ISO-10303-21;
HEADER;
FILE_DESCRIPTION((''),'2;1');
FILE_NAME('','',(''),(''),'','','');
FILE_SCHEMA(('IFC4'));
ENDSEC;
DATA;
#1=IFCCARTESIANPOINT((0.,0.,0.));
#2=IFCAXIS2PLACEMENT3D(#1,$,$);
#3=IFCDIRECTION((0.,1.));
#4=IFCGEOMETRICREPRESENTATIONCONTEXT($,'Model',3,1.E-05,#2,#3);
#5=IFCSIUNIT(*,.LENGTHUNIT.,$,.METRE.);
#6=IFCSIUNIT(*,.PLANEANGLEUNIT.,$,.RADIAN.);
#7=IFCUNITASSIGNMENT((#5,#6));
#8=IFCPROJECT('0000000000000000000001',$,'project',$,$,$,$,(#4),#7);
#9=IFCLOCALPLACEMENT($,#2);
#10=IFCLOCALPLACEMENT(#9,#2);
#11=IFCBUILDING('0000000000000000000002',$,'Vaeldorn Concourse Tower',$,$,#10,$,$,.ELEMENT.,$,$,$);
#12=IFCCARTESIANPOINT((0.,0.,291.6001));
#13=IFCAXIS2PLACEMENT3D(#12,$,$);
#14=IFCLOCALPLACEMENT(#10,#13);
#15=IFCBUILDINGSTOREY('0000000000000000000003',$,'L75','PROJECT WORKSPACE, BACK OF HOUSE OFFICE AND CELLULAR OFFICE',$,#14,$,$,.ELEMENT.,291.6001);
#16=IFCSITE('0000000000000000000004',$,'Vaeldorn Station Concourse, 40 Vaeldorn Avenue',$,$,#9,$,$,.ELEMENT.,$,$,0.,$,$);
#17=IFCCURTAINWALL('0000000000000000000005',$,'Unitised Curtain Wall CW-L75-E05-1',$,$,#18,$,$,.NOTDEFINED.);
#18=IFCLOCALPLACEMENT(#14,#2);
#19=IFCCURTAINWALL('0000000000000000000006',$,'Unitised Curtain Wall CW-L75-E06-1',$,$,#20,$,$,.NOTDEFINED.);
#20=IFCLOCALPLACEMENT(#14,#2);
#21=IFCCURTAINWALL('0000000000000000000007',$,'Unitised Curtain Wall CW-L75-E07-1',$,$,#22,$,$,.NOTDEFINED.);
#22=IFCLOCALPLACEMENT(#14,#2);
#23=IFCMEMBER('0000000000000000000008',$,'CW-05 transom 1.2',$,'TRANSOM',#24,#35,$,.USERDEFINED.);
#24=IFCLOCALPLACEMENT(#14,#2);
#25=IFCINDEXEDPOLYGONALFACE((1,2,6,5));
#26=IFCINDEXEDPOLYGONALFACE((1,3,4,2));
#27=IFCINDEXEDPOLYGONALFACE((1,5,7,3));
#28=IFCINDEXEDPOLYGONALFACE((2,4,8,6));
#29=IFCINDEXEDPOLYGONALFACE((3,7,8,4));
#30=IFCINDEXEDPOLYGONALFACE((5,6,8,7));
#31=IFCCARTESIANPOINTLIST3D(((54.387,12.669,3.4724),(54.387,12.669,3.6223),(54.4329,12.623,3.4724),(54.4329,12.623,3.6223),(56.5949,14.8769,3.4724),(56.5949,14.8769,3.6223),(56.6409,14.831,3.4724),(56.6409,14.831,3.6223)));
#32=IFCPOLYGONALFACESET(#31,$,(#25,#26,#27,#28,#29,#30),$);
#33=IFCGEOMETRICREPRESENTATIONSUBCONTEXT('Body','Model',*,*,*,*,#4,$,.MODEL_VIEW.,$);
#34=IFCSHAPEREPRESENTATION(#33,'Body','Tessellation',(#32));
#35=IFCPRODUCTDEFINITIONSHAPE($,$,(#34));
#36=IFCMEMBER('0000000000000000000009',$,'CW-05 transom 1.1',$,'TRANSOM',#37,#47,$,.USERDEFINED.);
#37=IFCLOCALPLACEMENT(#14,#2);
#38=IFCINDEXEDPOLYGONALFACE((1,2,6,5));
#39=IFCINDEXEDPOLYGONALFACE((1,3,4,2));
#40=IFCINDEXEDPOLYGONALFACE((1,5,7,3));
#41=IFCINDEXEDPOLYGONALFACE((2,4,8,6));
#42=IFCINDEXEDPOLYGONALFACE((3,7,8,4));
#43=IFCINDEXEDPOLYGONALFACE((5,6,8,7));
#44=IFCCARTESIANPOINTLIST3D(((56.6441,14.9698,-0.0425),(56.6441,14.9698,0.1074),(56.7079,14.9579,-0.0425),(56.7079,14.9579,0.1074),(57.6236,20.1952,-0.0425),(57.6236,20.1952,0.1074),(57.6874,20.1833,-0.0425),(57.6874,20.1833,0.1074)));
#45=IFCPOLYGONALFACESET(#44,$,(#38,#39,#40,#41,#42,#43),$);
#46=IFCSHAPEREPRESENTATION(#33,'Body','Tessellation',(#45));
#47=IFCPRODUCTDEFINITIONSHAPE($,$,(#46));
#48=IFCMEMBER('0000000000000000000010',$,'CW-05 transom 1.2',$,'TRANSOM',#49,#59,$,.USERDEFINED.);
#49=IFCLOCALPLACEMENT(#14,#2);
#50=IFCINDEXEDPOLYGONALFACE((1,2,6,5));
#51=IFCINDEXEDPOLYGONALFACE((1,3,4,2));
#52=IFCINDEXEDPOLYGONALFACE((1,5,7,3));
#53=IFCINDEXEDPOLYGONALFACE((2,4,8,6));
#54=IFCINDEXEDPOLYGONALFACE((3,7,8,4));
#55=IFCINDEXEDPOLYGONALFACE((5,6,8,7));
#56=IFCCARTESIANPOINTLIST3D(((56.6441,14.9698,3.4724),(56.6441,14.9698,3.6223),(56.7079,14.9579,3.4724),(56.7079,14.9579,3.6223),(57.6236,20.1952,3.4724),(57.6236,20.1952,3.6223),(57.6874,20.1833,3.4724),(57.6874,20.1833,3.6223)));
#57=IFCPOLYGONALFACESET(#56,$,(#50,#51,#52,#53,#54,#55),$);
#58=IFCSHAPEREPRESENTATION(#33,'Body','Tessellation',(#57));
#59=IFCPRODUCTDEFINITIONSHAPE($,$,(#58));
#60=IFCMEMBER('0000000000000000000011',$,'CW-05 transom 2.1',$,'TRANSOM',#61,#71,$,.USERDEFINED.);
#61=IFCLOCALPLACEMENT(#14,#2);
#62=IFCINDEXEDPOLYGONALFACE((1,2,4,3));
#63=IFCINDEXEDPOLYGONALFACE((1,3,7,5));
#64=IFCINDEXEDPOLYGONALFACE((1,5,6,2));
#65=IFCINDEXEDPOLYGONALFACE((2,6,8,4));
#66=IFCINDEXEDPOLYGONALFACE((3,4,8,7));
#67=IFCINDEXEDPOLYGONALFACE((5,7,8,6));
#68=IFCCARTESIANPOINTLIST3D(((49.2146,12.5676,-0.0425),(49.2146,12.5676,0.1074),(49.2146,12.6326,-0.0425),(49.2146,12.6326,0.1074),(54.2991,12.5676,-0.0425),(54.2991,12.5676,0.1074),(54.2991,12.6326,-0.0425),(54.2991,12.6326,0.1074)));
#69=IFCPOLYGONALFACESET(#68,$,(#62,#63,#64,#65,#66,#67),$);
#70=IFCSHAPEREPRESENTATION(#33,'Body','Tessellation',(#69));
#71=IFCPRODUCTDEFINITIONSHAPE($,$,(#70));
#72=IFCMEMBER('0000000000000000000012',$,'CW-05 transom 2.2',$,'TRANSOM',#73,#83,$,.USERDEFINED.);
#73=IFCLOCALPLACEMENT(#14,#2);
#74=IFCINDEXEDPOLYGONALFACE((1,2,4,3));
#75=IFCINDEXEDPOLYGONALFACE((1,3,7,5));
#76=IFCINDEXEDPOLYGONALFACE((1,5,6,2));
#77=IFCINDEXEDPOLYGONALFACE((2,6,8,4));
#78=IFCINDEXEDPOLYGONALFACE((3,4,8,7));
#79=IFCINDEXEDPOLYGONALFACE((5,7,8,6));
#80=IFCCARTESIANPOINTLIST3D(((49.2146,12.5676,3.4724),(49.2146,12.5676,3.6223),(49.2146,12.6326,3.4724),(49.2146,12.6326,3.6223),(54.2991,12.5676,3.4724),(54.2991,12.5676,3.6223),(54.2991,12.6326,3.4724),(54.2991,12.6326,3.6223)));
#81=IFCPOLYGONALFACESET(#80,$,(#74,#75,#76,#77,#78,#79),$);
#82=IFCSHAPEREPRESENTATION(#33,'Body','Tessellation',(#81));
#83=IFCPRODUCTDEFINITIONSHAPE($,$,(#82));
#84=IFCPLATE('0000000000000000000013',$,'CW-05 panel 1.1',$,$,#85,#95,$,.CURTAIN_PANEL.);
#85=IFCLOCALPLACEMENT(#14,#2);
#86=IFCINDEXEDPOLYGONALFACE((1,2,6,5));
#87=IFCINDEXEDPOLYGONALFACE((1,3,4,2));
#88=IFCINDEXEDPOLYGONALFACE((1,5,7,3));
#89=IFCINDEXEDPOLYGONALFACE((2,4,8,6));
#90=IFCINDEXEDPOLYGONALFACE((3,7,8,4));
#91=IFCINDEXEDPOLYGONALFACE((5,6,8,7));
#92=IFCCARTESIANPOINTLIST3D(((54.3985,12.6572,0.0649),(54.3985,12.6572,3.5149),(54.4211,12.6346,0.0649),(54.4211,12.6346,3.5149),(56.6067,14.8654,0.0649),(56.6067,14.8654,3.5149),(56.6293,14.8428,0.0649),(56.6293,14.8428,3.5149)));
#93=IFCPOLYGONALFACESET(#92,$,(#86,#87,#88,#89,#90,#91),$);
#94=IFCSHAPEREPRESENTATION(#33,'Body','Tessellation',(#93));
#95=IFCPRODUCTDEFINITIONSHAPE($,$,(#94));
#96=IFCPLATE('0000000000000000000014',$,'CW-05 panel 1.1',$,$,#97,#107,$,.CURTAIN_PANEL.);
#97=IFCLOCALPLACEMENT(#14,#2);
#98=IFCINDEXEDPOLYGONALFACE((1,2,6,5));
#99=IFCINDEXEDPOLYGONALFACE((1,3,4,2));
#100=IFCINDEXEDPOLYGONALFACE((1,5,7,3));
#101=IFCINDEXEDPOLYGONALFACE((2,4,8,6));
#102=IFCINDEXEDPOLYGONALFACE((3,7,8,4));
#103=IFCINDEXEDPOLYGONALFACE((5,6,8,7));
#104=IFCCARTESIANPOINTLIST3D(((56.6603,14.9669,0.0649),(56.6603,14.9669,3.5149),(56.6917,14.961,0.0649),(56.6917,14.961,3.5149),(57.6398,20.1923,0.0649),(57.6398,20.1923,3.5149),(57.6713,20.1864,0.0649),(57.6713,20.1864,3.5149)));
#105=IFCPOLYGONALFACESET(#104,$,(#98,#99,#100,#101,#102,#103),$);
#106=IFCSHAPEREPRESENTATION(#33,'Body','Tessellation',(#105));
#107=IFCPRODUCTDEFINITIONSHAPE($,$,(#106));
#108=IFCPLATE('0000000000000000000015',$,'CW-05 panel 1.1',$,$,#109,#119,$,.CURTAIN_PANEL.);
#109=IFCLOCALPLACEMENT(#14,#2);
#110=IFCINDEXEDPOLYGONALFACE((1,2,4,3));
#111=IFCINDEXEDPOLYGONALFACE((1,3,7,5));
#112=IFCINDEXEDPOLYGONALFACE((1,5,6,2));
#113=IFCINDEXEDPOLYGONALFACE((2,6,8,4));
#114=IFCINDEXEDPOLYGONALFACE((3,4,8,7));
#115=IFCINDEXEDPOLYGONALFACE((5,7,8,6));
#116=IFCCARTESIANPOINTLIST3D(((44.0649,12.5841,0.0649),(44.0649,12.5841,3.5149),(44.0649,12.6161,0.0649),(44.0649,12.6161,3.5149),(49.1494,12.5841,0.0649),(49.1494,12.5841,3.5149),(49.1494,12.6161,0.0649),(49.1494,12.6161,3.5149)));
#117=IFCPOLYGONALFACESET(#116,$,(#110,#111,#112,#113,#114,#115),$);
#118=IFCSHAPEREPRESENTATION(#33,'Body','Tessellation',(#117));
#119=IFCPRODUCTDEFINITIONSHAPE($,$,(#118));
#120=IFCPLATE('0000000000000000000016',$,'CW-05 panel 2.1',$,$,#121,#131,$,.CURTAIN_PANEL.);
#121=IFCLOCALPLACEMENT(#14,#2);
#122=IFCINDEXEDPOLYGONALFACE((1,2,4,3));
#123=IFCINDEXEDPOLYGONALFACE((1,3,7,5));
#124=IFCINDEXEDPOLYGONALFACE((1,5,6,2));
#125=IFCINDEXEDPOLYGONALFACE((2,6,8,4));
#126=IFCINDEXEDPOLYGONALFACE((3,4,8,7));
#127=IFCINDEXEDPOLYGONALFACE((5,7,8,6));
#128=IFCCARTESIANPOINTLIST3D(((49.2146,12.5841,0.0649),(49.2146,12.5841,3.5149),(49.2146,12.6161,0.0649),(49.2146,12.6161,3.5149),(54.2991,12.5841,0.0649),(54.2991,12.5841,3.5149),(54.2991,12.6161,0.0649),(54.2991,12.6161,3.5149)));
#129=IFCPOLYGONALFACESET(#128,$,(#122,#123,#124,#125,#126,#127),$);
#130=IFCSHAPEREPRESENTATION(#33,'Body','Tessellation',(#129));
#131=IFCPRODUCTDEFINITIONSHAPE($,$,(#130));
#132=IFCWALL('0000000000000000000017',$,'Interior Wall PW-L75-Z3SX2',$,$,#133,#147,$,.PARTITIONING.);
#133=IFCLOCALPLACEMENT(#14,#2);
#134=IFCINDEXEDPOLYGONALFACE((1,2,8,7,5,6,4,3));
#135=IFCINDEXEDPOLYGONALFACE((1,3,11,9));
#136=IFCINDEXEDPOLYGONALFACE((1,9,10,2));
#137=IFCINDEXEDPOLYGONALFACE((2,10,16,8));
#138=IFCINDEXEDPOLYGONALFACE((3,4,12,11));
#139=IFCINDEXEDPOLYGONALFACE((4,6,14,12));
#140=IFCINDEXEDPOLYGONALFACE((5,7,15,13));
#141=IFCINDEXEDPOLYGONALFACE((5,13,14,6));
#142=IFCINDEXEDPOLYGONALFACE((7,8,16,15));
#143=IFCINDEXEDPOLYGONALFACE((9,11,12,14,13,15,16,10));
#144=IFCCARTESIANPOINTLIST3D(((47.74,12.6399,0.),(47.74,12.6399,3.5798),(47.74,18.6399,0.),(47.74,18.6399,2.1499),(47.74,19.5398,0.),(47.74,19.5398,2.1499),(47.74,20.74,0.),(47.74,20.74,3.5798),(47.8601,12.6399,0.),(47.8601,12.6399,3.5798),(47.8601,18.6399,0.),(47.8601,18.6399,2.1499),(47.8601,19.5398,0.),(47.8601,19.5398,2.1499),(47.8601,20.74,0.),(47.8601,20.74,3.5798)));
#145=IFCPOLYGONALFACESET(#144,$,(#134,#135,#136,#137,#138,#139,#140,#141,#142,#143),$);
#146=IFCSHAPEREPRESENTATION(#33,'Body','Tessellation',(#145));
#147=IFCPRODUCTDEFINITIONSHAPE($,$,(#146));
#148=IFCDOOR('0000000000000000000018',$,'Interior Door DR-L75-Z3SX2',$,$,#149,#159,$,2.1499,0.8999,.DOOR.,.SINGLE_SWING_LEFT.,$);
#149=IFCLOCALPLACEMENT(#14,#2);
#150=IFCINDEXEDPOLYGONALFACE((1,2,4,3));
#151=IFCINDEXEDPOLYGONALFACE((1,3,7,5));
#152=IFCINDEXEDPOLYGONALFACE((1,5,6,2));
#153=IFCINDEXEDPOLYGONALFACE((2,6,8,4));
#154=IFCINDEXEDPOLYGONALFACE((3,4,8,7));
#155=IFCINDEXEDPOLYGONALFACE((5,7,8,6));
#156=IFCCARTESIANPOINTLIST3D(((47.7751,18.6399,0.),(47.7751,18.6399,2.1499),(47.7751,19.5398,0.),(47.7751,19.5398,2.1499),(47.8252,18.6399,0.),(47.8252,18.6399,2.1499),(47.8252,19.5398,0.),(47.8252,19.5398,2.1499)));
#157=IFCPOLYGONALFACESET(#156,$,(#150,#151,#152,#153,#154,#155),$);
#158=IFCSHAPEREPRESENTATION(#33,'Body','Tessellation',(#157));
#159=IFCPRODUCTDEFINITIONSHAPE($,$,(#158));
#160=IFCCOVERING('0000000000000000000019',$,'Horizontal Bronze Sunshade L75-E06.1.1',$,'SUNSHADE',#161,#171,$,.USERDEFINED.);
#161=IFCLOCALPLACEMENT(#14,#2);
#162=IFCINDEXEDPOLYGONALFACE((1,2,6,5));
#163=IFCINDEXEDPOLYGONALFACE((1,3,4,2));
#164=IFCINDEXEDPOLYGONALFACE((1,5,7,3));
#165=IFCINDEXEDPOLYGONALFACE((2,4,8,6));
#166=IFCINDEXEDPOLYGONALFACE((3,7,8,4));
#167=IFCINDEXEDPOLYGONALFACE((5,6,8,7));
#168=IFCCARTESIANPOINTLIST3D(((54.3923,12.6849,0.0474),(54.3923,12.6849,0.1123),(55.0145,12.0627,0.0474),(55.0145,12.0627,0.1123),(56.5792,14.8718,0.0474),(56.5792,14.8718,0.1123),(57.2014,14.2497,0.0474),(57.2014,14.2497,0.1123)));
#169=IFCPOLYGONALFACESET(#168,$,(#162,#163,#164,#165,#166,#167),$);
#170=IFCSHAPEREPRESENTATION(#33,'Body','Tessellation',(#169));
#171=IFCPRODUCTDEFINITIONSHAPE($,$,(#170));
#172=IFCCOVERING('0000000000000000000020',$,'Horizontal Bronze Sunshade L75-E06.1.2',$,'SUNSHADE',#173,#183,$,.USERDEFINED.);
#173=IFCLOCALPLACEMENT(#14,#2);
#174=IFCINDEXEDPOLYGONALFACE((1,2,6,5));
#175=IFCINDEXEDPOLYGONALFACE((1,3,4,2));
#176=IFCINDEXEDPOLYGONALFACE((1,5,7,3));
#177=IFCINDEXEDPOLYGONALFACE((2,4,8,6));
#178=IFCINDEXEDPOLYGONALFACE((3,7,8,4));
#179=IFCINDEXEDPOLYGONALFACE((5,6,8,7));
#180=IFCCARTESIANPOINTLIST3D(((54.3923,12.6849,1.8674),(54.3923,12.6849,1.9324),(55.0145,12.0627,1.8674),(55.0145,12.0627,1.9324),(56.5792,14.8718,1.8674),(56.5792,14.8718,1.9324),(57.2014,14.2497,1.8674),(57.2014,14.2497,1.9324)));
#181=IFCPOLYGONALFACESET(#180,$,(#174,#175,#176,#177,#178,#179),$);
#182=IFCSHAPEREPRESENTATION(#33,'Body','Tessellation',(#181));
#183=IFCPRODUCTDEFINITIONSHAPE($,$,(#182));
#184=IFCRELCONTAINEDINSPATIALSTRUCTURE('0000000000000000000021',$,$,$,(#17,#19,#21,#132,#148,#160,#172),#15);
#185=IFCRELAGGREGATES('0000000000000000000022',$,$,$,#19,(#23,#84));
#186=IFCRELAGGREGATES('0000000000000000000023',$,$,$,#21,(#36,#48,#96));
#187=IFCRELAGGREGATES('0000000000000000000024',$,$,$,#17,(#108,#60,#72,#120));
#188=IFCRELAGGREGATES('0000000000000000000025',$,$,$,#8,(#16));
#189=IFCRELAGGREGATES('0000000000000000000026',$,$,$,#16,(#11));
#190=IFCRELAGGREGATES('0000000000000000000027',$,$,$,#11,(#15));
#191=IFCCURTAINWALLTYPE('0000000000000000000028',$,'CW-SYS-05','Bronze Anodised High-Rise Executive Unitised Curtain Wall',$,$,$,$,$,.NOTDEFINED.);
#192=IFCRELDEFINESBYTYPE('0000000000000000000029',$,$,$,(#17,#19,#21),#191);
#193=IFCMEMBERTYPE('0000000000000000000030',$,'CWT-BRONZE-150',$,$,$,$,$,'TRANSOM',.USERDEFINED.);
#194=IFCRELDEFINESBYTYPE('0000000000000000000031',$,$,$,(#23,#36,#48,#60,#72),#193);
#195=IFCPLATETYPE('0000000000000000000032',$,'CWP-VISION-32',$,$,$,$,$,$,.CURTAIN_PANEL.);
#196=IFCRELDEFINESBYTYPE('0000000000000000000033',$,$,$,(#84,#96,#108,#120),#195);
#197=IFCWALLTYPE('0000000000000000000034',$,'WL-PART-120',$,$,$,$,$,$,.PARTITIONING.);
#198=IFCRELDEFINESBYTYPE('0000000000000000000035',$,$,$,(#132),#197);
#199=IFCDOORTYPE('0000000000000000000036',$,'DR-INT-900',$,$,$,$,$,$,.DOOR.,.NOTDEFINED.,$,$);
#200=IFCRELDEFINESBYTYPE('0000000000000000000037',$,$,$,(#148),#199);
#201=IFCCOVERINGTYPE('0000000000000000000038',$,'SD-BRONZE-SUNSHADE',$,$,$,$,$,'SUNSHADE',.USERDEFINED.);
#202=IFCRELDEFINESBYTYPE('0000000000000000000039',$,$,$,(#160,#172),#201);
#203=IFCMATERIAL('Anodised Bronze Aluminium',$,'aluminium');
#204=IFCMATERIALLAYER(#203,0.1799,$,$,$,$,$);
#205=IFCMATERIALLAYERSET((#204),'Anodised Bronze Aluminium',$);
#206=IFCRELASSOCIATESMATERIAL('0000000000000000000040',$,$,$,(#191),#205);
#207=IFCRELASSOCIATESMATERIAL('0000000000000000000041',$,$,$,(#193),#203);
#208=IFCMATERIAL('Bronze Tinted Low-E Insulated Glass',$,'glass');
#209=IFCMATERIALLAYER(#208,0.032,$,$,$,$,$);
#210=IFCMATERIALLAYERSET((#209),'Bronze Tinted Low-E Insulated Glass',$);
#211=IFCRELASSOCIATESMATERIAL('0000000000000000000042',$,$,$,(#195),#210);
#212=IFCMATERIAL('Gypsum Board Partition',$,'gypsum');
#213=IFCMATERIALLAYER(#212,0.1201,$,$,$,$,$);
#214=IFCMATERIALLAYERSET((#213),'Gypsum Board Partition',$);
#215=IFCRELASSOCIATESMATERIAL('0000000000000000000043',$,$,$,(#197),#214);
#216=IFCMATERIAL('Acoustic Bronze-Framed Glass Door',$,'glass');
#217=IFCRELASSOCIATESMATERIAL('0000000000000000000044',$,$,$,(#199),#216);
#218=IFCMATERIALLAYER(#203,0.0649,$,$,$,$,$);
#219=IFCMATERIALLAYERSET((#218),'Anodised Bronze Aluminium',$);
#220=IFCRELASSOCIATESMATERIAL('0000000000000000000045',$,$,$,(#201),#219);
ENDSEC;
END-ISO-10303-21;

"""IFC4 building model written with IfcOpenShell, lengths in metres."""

from ifc_helpers import new_model, si_unit, direction, frame, frame_2d, origin, origin_2d, place, context, subcontext, project, spatial, rectangle, extrude, source, transform, mapped, material, layer, layer_set, material_profile, profile_set, type_object, element, fill, aggregate, save


model = new_model("IFC4")

# Units and contexts
model_context = context("Model", 3, precision=1e-05, world=origin(), true_north=direction((0.0, 1.0)))
body_context = subcontext(model_context, "Body", "Model", "MODEL_VIEW")
ifc_project = project(units=[si_unit("LENGTHUNIT", "METRE"), si_unit("PLANEANGLEUNIT", "RADIAN")], contexts=[model_context])

# Site, building, storey
site_placement = place(None, origin())
site = spatial("IfcSite", under=ifc_project, at=site_placement, Name="Vaeldorn Station Concourse, 40 Vaeldorn Avenue", CompositionType="ELEMENT", RefElevation=0.0)
building_placement = place(site_placement, origin())
building = spatial("IfcBuilding", under=site, at=building_placement, Name="Vaeldorn Concourse Tower", CompositionType="ELEMENT")
storey_placement = place(building_placement, frame((0.0, 0.0, 291.6001)))
storey = spatial("IfcBuildingStorey", under=building, at=storey_placement, Name="L75", Description="PROJECT WORKSPACE, BACK OF HOUSE OFFICE AND CELLULAR OFFICE", CompositionType="ELEMENT", Elevation=291.6001)

# Curtain walls
ifc_material_1 = material(Name="Anodised Bronze Aluminium", Category="aluminium")
ifc_layer_1 = layer(ifc_material_1, 0.1799)
ifc_layer_set_1 = layer_set([ifc_layer_1], Name="Anodised Bronze Aluminium")
curtain_wall_type = type_object("IfcCurtainWallType", Name="CW-SYS-05", Description="Bronze Anodised High-Rise Executive Unitised Curtain Wall", PredefinedType="NOTDEFINED", material=ifc_layer_set_1)
curtain_wall_1_placement = place(storey_placement, origin())
curtain_wall_1 = element("IfcCurtainWall", 1, at=curtain_wall_1_placement, inside=storey, type_object=curtain_wall_type, Name="Unitised Curtain Wall CW-L75-E05-1", PredefinedType="NOTDEFINED")
curtain_wall_2_placement = place(storey_placement, origin())
curtain_wall_2 = element("IfcCurtainWall", 2, at=curtain_wall_2_placement, inside=storey, type_object=curtain_wall_type, Name="Unitised Curtain Wall CW-L75-E06-1", PredefinedType="NOTDEFINED")

# Curtain wall
curtain_wall_3_placement = place(storey_placement, origin())
curtain_wall_3 = element("IfcCurtainWall", 3, at=curtain_wall_3_placement, inside=storey, type_object=curtain_wall_type, Name="Unitised Curtain Wall CW-L75-E07-1", PredefinedType="NOTDEFINED")

# Members
ifc_material_profile_1 = material_profile(ifc_material_1, rectangle(XDim=0.0649, YDim=0.1499, at=origin_2d()), Name="CWT 65x150")
ifc_profile_set_1 = profile_set([ifc_material_profile_1], Name="Anodised Bronze Aluminium")
member_type_1 = type_object("IfcMemberType", Name="CWT-BRONZE-150", ElementType="TRANSOM", PredefinedType="USERDEFINED", material=ifc_profile_set_1)
shared_shape_1 = source(origin(), body_context, "Body", "SweptSolid", [
    extrude(rectangle(XDim=0.0649, YDim=0.1499, at=origin_2d()), origin(), (0.0, 0.0, 1.0), 3.1226),
])
member_1_placement = place(storey_placement, frame((54.4099, 12.646, 3.5474), z_axis=(0.707107, 0.707107, 0.0), x_axis=(-0.707107, 0.707107, 0.0)))
member_1 = element("IfcMember", 4, at=member_1_placement, type_object=member_type_1, Name="CW-05 transom 1.2", ObjectType="TRANSOM", PredefinedType="USERDEFINED", context=body_context, shape_type="MappedRepresentation", body=[
    mapped(shared_shape_1, transform((0.0, 0.0, 0.0), scale=1.0)),
])
shared_shape_2 = source(origin(), body_context, "Body", "SweptSolid", [
    extrude(rectangle(XDim=0.0649, YDim=0.1499, at=origin_2d()), origin(), (0.0, 0.0, 1.0), 5.3164),
])
member_2_placement = place(storey_placement, frame((56.676, 14.9639, 0.0325), z_axis=(0.184241, 0.982881, 0.0), x_axis=(-0.982881, 0.184241, 0.0)))
member_2 = element("IfcMember", 5, at=member_2_placement, type_object=member_type_1, Name="CW-05 transom 1.1", ObjectType="TRANSOM", PredefinedType="USERDEFINED", context=body_context, shape_type="MappedRepresentation", body=[
    mapped(shared_shape_2, transform((0.0, 0.0, 0.0), scale=1.0)),
])
member_3_placement = place(storey_placement, frame((56.676, 14.9639, 3.5474), z_axis=(0.184241, 0.982881, 0.0), x_axis=(-0.982881, 0.184241, 0.0)))
member_3 = element("IfcMember", 6, at=member_3_placement, type_object=member_type_1, Name="CW-05 transom 1.2", ObjectType="TRANSOM", PredefinedType="USERDEFINED", context=body_context, shape_type="MappedRepresentation", body=[
    mapped(shared_shape_2, transform((0.0, 0.0, 0.0), scale=1.0)),
])
shared_shape_3 = source(origin(), body_context, "Body", "SweptSolid", [
    extrude(rectangle(XDim=0.0649, YDim=0.1499, at=origin_2d()), origin(), (0.0, 0.0, 1.0), 5.0845),
])
member_4_placement = place(storey_placement, frame((49.2146, 12.6001, 0.0325), z_axis=(1.0, 0.0, 0.0), x_axis=(0.0, 1.0, 0.0)))
member_4 = element("IfcMember", 7, at=member_4_placement, type_object=member_type_1, Name="CW-05 transom 2.1", ObjectType="TRANSOM", PredefinedType="USERDEFINED", context=body_context, shape_type="MappedRepresentation", body=[
    mapped(shared_shape_3, transform((0.0, 0.0, 0.0), scale=1.0)),
])
member_5_placement = place(storey_placement, frame((49.2146, 12.6001, 3.5474), z_axis=(1.0, 0.0, 0.0), x_axis=(0.0, 1.0, 0.0)))
member_5 = element("IfcMember", 8, at=member_5_placement, type_object=member_type_1, Name="CW-05 transom 2.2", ObjectType="TRANSOM", PredefinedType="USERDEFINED", context=body_context, shape_type="MappedRepresentation", body=[
    mapped(shared_shape_3, transform((0.0, 0.0, 0.0), scale=1.0)),
])

# Plates
ifc_material_2 = material(Name="Bronze Tinted Low-E Insulated Glass", Category="glass")
ifc_layer_2 = layer(ifc_material_2, 0.032)
ifc_layer_set_2 = layer_set([ifc_layer_2], Name="Bronze Tinted Low-E Insulated Glass")
plate_type = type_object("IfcPlateType", Name="CWP-VISION-32", PredefinedType="CURTAIN_PANEL", material=ifc_layer_set_2)
shared_shape_4 = source(origin(), body_context, "Body", "SweptSolid", [
    extrude(rectangle(XDim=3.1228, YDim=0.032, at=origin_2d()), origin(), (0.0, 0.0, 1.0), 3.45),
])
plate_1_placement = place(storey_placement, frame((55.5139, 13.75, 0.0649), z_axis=(0.0, 0.0, 1.0), x_axis=(0.707107, 0.707107, 0.0)))
plate_1 = element("IfcPlate", 9, at=plate_1_placement, type_object=plate_type, Name="CW-05 panel 1.1", PredefinedType="CURTAIN_PANEL", context=body_context, shape_type="MappedRepresentation", body=[
    mapped(shared_shape_4, transform((0.0, 0.0, 0.0), scale=1.0)),
])
aggregate(curtain_wall_2, [member_1, plate_1])
shared_shape_5 = source(origin(), body_context, "Body", "SweptSolid", [
    extrude(rectangle(XDim=5.3164, YDim=0.032, at=origin_2d()), origin(), (0.0, 0.0, 1.0), 3.45),
])
plate_2_placement = place(storey_placement, frame((57.1658, 17.5767, 0.0649), z_axis=(0.0, 0.0, 1.0), x_axis=(0.184247, 0.98288, 0.0)))
plate_2 = element("IfcPlate", 10, at=plate_2_placement, type_object=plate_type, Name="CW-05 panel 1.1", PredefinedType="CURTAIN_PANEL", context=body_context, shape_type="MappedRepresentation", body=[
    mapped(shared_shape_5, transform((0.0, 0.0, 0.0), scale=1.0)),
])
aggregate(curtain_wall_3, [member_2, member_3, plate_2])
shared_shape_6 = source(origin(), body_context, "Body", "SweptSolid", [
    extrude(rectangle(XDim=5.0845, YDim=0.032, at=origin_2d()), origin(), (0.0, 0.0, 1.0), 3.45),
])
plate_3_placement = place(storey_placement, frame((46.6072, 12.6001, 0.0649), z_axis=(0.0, 0.0, 1.0), x_axis=(1.0, 0.0, 0.0)))
plate_3 = element("IfcPlate", 11, at=plate_3_placement, type_object=plate_type, Name="CW-05 panel 1.1", PredefinedType="CURTAIN_PANEL", context=body_context, shape_type="MappedRepresentation", body=[
    mapped(shared_shape_6, transform((0.0, 0.0, 0.0), scale=1.0)),
])
plate_4_placement = place(storey_placement, frame((51.7568, 12.6001, 0.0649), z_axis=(0.0, 0.0, 1.0), x_axis=(1.0, 0.0, 0.0)))
plate_4 = element("IfcPlate", 12, at=plate_4_placement, type_object=plate_type, Name="CW-05 panel 2.1", PredefinedType="CURTAIN_PANEL", context=body_context, shape_type="MappedRepresentation", body=[
    mapped(shared_shape_6, transform((0.0, 0.0, 0.0), scale=1.0)),
])
aggregate(curtain_wall_1, [plate_3, member_4, member_5, plate_4])

# Wall, opening, door
ifc_material_3 = material(Name="Gypsum Board Partition", Category="gypsum")
ifc_layer_3 = layer(ifc_material_3, 0.1201)
ifc_layer_set_3 = layer_set([ifc_layer_3], Name="Gypsum Board Partition")
wall_type = type_object("IfcWallType", Name="WL-PART-120", PredefinedType="PARTITIONING", material=ifc_layer_set_3)
wall_placement = place(storey_placement, frame((47.8, 12.6399, 0.0), z_axis=(0.0, 0.0, 1.0), x_axis=(0.0, 1.0, 0.0)))
wall = element("IfcWall", 13, at=wall_placement, inside=storey, type_object=wall_type, Name="Interior Wall PW-L75-Z3SX2", PredefinedType="PARTITIONING", context=body_context, shape_type="SweptSolid", body=[
    extrude(rectangle(XDim=8.1001, YDim=0.1201, at=frame_2d((4.05, 0.0))), origin(), (0.0, 0.0, 1.0), 3.5798),
])
opening_placement = place(wall_placement, frame((6.0, 0.0, 0.0)))
opening = element("IfcOpeningElement", 14, at=opening_placement, cuts=wall, PredefinedType="OPENING", context=body_context, shape_type="SweptSolid", body=[
    extrude(rectangle(XDim=0.8999, YDim=2.1499, at=frame_2d((0.45, 1.075))), frame((0.0, 0.0701, 0.0), z_axis=(0.0, -1.0, 0.0), x_axis=(1.0, 0.0, 0.0)), (0.0, 0.0, 1.0), 0.1401),
])
ifc_material_4 = material(Name="Acoustic Bronze-Framed Glass Door", Category="glass")
door_type = type_object("IfcDoorType", Name="DR-INT-900", OperationType="NOTDEFINED", PredefinedType="DOOR", material=ifc_material_4)
shared_shape_7 = source(origin(), body_context, "Body", "SweptSolid", [
    extrude(rectangle(XDim=0.8999, YDim=2.1499, at=frame_2d((0.45, 1.075))), frame((0.0, 0.0249, 0.0), z_axis=(0.0, -1.0, 0.0), x_axis=(1.0, 0.0, 0.0)), (0.0, 0.0, 1.0), 0.05),
])
door_placement = place(opening_placement, origin())
door = element("IfcDoor", 15, at=door_placement, inside=storey, type_object=door_type, Name="Interior Door DR-L75-Z3SX2", OperationType="SINGLE_SWING_LEFT", OverallHeight=2.1499, OverallWidth=0.8999, PredefinedType="DOOR", context=body_context, shape_type="MappedRepresentation", body=[
    mapped(shared_shape_7, transform((0.0, 0.0, 0.0), scale=1.0)),
])
fill(opening, door)

# Coverings
ifc_layer_4 = layer(ifc_material_1, 0.0649)
ifc_layer_set_4 = layer_set([ifc_layer_4], Name="Anodised Bronze Aluminium")
covering_type = type_object("IfcCoveringType", Name="SD-BRONZE-SUNSHADE", ElementType="SUNSHADE", PredefinedType="USERDEFINED", material=ifc_layer_set_4)
shared_shape_8 = source(origin(), body_context, "Body", "SweptSolid", [
    extrude(rectangle(XDim=3.0928, YDim=0.8799, at=origin_2d()), origin(), (0.0, 0.0, 1.0), 0.0649),
])
for number, where, z_axis, x_axis, name in (
    (16, (55.7969, 13.4673, 0.0474), (0.0, 0.0, 1.0), (0.707107, 0.707107, 0.0), "Horizontal Bronze Sunshade L75-E06.1.1"),
    (17, (55.7969, 13.4673, 1.8674), (0.0, 0.0, 1.0), (0.707107, 0.707107, 0.0), "Horizontal Bronze Sunshade L75-E06.1.2"),
):
    element("IfcCovering", number, at=place(storey_placement, frame(where, z_axis=z_axis, x_axis=x_axis)), inside=storey, type_object=covering_type, Name=name, ObjectType="SUNSHADE", PredefinedType="USERDEFINED", context=body_context, shape_type="MappedRepresentation", body=[
        mapped(shared_shape_8, transform((0.0, 0.0, 0.0), scale=1.0)),
    ])

save(model, "model.ifc")
